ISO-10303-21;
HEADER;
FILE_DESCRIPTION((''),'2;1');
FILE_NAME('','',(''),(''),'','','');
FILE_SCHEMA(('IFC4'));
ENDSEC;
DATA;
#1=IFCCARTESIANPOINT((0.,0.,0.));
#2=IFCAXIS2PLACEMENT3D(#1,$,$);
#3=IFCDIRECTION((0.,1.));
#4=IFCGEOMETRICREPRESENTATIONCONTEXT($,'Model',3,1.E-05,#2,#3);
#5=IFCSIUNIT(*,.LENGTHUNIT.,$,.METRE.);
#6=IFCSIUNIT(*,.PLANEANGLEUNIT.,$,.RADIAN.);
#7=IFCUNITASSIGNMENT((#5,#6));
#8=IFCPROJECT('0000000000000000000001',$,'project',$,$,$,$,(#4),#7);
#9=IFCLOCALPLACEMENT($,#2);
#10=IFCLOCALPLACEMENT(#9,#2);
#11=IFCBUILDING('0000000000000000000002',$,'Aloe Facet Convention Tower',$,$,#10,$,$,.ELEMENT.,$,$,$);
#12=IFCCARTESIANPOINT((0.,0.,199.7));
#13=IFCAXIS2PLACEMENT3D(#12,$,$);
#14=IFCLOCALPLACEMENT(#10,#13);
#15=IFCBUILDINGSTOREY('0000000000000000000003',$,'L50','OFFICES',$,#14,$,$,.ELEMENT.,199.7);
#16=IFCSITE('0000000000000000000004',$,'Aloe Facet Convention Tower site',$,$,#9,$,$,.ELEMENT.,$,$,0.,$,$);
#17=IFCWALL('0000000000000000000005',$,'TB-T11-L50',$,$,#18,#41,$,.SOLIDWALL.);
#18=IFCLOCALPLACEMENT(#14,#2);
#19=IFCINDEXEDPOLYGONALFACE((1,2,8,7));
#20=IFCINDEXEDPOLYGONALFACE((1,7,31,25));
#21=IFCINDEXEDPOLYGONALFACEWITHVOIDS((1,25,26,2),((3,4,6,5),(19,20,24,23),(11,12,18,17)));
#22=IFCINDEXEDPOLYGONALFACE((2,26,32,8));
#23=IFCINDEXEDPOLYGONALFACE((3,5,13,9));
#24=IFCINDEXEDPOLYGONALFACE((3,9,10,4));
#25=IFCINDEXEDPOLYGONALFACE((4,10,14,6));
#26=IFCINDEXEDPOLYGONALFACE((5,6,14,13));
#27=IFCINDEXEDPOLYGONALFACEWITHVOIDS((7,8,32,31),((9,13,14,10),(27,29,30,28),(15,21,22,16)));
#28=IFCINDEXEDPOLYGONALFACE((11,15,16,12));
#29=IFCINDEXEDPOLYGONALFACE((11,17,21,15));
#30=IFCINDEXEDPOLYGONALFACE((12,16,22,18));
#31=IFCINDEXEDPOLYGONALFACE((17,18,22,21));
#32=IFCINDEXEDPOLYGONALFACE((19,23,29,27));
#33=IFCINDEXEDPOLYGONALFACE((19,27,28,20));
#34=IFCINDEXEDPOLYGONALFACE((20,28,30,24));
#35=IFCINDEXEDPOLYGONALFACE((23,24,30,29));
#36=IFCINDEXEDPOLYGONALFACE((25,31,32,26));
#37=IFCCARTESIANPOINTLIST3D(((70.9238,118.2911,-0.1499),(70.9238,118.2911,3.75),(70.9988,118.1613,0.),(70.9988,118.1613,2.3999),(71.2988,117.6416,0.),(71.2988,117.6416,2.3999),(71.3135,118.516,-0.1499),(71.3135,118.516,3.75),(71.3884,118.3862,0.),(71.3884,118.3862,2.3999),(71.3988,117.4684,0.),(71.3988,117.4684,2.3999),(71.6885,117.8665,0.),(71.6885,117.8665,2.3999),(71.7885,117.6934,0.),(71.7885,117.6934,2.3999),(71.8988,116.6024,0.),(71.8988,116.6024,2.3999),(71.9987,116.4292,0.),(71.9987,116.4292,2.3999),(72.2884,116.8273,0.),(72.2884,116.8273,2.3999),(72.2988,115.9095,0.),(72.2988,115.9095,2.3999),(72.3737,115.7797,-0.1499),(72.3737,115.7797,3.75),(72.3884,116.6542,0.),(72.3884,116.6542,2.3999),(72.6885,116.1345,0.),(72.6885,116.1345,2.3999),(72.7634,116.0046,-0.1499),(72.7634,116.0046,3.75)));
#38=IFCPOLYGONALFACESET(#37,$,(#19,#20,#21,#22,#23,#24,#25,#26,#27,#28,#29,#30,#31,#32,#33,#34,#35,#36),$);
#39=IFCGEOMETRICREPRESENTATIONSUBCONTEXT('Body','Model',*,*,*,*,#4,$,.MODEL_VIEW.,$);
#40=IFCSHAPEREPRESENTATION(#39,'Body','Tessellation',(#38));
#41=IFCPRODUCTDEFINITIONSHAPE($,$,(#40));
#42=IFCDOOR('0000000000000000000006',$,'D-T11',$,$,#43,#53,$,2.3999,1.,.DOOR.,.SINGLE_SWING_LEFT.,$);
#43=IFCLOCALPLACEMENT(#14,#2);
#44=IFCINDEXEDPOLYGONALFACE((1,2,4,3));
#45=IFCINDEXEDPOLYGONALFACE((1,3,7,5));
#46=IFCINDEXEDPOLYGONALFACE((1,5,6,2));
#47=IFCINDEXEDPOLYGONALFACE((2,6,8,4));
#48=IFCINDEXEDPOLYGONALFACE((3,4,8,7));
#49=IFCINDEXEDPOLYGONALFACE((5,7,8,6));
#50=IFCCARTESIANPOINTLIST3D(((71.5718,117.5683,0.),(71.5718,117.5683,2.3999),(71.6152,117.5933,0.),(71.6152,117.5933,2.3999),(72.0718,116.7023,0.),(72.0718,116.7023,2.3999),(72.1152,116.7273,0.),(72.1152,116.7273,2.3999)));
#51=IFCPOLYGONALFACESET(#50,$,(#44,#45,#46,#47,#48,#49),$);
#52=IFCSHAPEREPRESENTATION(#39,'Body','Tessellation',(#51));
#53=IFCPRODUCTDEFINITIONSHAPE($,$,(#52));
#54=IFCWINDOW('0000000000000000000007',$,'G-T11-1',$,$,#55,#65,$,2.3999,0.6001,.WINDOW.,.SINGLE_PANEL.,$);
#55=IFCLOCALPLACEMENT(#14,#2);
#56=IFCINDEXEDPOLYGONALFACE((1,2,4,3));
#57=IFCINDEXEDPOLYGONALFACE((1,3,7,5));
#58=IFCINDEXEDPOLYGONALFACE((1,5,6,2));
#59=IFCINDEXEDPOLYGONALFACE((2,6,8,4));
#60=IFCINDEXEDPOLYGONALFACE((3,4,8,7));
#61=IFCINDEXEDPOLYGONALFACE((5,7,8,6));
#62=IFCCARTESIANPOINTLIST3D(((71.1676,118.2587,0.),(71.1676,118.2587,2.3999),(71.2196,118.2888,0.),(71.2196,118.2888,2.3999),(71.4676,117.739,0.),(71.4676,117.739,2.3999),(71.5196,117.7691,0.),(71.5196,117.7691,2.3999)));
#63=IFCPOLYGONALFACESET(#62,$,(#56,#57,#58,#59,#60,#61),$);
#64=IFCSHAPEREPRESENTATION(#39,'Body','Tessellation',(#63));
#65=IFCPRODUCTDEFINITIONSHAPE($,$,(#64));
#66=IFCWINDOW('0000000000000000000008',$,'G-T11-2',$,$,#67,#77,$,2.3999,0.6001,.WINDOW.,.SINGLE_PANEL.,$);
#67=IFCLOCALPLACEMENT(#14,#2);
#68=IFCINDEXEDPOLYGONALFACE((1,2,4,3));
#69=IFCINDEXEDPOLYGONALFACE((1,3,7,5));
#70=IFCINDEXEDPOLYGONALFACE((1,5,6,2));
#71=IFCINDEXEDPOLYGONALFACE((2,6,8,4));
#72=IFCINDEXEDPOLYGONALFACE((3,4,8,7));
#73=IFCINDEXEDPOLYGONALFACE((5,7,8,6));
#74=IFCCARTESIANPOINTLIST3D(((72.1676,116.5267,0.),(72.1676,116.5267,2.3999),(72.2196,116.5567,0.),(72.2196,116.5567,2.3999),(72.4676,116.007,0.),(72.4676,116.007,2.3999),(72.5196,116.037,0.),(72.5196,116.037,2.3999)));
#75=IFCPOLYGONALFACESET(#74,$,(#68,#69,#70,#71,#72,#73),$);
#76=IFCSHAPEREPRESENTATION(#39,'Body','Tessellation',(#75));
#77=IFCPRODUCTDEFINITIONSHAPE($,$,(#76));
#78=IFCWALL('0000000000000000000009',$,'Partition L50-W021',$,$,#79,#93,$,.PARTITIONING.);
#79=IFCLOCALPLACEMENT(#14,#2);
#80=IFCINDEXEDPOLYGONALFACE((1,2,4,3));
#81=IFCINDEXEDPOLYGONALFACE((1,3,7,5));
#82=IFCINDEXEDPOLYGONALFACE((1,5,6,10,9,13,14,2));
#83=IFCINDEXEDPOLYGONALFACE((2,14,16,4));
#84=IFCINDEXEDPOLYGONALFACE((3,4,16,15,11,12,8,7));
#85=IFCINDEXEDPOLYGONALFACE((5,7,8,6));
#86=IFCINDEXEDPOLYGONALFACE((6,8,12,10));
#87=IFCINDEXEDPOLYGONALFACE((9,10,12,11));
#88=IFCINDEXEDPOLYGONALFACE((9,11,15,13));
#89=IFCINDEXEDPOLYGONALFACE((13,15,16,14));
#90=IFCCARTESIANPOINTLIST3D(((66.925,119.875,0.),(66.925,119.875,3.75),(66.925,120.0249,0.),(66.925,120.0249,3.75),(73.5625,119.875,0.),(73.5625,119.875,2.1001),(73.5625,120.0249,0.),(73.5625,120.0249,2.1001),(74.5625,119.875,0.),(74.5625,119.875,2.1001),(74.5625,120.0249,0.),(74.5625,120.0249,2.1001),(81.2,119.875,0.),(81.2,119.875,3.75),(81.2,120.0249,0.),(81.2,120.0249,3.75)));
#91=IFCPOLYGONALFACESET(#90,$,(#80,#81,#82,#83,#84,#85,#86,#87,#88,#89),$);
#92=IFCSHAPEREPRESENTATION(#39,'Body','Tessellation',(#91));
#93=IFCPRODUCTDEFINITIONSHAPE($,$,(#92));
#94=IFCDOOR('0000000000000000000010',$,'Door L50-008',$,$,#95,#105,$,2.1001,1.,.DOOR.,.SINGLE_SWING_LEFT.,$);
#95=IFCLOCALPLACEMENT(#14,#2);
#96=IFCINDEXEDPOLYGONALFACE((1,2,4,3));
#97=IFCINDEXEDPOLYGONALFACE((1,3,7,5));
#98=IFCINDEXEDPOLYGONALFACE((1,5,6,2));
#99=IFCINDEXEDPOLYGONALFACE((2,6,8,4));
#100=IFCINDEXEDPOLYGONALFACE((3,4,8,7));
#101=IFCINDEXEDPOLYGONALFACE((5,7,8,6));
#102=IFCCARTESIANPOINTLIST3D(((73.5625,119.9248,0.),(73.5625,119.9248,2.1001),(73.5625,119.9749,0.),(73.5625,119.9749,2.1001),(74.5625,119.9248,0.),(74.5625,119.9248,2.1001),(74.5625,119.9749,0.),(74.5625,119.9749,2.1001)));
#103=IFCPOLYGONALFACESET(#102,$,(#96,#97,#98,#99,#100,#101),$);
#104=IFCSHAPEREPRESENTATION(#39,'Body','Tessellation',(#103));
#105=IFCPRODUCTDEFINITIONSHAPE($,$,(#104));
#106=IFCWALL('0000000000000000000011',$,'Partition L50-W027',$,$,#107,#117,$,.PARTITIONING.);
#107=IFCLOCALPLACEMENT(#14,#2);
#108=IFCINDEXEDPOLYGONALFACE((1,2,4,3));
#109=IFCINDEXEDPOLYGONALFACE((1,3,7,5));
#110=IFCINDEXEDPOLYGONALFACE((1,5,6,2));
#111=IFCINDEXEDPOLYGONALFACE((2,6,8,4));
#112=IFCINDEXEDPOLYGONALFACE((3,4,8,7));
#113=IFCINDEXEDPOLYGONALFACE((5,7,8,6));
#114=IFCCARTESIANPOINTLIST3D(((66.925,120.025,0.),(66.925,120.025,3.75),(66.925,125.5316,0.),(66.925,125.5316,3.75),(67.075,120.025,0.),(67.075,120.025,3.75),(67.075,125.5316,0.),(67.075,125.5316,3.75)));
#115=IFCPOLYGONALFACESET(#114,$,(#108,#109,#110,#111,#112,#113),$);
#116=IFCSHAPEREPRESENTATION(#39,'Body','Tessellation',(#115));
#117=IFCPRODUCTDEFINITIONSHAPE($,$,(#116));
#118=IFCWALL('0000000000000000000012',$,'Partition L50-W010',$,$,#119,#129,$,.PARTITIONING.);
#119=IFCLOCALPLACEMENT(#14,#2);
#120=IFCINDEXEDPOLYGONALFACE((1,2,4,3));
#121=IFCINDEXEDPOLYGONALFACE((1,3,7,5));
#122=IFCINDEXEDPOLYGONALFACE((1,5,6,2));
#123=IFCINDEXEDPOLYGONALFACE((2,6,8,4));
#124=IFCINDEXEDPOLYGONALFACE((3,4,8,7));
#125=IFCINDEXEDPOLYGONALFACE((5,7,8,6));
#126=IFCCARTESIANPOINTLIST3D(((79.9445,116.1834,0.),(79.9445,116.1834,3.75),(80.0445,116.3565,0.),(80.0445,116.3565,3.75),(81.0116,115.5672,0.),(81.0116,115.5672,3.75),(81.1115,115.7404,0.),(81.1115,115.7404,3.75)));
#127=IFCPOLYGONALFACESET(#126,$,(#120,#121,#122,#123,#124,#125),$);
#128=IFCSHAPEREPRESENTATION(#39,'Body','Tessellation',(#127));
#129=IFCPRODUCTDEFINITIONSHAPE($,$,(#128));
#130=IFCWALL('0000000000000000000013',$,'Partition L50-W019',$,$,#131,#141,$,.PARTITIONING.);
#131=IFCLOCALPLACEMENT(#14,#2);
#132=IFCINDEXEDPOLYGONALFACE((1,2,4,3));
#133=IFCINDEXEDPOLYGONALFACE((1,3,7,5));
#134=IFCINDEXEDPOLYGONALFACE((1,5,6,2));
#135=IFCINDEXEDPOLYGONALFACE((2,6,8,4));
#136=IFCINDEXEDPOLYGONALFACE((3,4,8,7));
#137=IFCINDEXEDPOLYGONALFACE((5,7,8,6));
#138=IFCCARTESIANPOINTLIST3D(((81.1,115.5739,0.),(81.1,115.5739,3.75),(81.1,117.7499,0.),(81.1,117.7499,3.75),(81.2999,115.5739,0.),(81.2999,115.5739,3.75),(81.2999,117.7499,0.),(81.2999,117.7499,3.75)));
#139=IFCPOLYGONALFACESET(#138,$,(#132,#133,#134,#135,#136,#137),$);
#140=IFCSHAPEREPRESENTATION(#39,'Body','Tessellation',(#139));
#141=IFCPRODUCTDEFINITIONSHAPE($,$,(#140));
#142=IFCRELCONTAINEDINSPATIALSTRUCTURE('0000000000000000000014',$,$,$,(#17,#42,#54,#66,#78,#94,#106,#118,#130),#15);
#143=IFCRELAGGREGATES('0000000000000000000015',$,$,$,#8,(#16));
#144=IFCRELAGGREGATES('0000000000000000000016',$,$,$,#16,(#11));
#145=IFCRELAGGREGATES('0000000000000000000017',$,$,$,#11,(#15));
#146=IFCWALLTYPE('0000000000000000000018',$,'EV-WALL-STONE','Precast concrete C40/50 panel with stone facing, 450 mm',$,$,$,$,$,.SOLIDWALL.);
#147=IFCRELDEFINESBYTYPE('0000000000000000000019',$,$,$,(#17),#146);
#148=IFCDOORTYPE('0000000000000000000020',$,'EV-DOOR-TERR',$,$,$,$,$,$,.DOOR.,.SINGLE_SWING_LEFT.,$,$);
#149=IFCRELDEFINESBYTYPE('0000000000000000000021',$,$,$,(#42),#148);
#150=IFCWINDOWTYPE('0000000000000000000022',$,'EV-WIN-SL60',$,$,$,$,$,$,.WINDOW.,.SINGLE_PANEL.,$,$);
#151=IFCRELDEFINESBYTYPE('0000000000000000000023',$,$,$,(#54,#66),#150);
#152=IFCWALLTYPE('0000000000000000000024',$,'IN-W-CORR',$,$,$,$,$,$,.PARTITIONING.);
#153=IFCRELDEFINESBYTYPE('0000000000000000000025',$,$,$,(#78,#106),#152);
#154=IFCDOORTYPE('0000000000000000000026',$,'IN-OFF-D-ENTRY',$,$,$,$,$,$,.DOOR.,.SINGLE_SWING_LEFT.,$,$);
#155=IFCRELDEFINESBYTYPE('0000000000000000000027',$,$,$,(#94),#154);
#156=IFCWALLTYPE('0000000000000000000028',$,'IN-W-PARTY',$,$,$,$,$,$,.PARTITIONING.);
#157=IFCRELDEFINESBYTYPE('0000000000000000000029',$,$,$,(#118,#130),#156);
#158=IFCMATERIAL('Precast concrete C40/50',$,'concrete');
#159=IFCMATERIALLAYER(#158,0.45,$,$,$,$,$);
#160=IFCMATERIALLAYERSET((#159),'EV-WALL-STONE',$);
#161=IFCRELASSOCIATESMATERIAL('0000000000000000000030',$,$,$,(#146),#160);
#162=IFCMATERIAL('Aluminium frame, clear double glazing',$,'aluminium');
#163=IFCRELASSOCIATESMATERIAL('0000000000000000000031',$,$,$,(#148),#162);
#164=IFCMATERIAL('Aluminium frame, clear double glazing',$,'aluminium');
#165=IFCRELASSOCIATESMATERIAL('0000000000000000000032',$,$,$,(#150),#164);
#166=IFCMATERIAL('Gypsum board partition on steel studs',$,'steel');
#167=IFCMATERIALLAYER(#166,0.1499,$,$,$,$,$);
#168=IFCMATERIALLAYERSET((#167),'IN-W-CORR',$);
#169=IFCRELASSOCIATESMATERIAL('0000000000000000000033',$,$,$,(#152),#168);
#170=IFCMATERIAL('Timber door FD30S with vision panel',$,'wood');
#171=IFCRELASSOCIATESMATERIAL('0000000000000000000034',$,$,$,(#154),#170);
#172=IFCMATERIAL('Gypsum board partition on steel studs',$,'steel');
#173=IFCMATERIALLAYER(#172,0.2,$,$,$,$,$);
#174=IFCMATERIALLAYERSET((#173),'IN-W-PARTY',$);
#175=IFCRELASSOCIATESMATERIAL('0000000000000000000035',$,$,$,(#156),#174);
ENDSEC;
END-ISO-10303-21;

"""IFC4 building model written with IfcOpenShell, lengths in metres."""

from ifc_helpers import new_model, si_unit, direction, frame, frame_2d, origin, place, context, subcontext, project, spatial, rectangle, extrude, material, layer, layer_set, type_object, element, fill, save


model = new_model("IFC4")

# Units and contexts
model_context = context("Model", 3, precision=1e-05, world=origin(), true_north=direction((0.0, 1.0)))
body_context = subcontext(model_context, "Body", "Model", "MODEL_VIEW")
ifc_project = project(units=[si_unit("LENGTHUNIT", "METRE"), si_unit("PLANEANGLEUNIT", "RADIAN")], contexts=[model_context])

# Site, building, storey
site_placement = place(None, origin())
site = spatial("IfcSite", under=ifc_project, at=site_placement, Name="Aloe Facet Convention Tower site", CompositionType="ELEMENT", RefElevation=0.0)
building_placement = place(site_placement, origin())
building = spatial("IfcBuilding", under=site, at=building_placement, Name="Aloe Facet Convention Tower", CompositionType="ELEMENT")
storey_placement = place(building_placement, frame((0.0, 0.0, 199.7)))
storey = spatial("IfcBuildingStorey", under=building, at=storey_placement, Name="L50", Description="OFFICES", CompositionType="ELEMENT", Elevation=199.7)

# Shared definitions
ifc_material_1 = material(Name="Precast concrete C40/50", Category="concrete")
ifc_layer_1 = layer(ifc_material_1, 0.45)
ifc_layer_set_1 = layer_set([ifc_layer_1], Name="EV-WALL-STONE")
wall_type_1 = type_object("IfcWallType", Name="EV-WALL-STONE", Description="Precast concrete C40/50 panel with stone facing, 450 mm", PredefinedType="SOLIDWALL", material=ifc_layer_set_1)

# Wall, openings, door, windows
wall_1_placement = place(storey_placement, frame((71.1187, 118.4036, -0.1499), z_axis=(0.0, 0.0, 1.0), x_axis=(0.499987, -0.866033, 0.0)))
wall_1 = element("IfcWall", 1, at=wall_1_placement, inside=storey, type_object=wall_type_1, Name="TB-T11-L50", PredefinedType="SOLIDWALL", context=body_context, shape_type="SweptSolid", body=[
    extrude(rectangle(XDim=2.8999, YDim=0.45, at=frame_2d((1.45, 0.0))), origin(), (0.0, 0.0, 1.0), 3.8999),
])
opening_1_placement = place(wall_1_placement, frame((0.95, 0.0, 0.1499)))
opening_1 = element("IfcOpeningElement", 2, at=opening_1_placement, cuts=wall_1, PredefinedType="OPENING", context=body_context, shape_type="SweptSolid", body=[
    extrude(rectangle(XDim=1.0, YDim=2.3999, at=frame_2d((0.5, 1.2))), frame((0.0, 0.2349, 0.0), z_axis=(0.0, -1.0, 0.0), x_axis=(1.0, 0.0, 0.0)), (0.0, 0.0, 1.0), 0.47),
])
opening_2_placement = place(wall_1_placement, frame((0.1499, 0.0, 0.1499)))
opening_2 = element("IfcOpeningElement", 3, at=opening_2_placement, cuts=wall_1, PredefinedType="OPENING", context=body_context, shape_type="SweptSolid", body=[
    extrude(rectangle(XDim=0.6001, YDim=2.3999, at=frame_2d((0.3, 1.2))), frame((0.0, 0.2349, 0.0), z_axis=(0.0, -1.0, 0.0), x_axis=(1.0, 0.0, 0.0)), (0.0, 0.0, 1.0), 0.47),
])
opening_3_placement = place(wall_1_placement, frame((2.1499, 0.0, 0.1499)))
opening_3 = element("IfcOpeningElement", 4, at=opening_3_placement, cuts=wall_1, PredefinedType="OPENING", context=body_context, shape_type="SweptSolid", body=[
    extrude(rectangle(XDim=0.6001, YDim=2.3999, at=frame_2d((0.3, 1.2))), frame((0.0, 0.2349, 0.0), z_axis=(0.0, -1.0, 0.0), x_axis=(1.0, 0.0, 0.0)), (0.0, 0.0, 1.0), 0.47),
])
ifc_material_2 = material(Name="Aluminium frame, clear double glazing", Category="aluminium")
door_type_1 = type_object("IfcDoorType", Name="EV-DOOR-TERR", OperationType="SINGLE_SWING_LEFT", PredefinedType="DOOR", material=ifc_material_2)
door_1_placement = place(opening_1_placement, origin())
door_1 = element("IfcDoor", 5, at=door_1_placement, inside=storey, type_object=door_type_1, Name="D-T11", OperationType="SINGLE_SWING_LEFT", OverallHeight=2.3999, OverallWidth=1.0, PredefinedType="DOOR", context=body_context, shape_type="SweptSolid", body=[
    extrude(rectangle(XDim=1.0, YDim=2.3999, at=frame_2d((0.5, 1.2))), frame((0.0, 0.0249, 0.0), z_axis=(0.0, -1.0, 0.0), x_axis=(1.0, 0.0, 0.0)), (0.0, 0.0, 1.0), 0.05),
])
fill(opening_1, door_1)
ifc_material_3 = material(Name="Aluminium frame, clear double glazing", Category="aluminium")
window_type = type_object("IfcWindowType", Name="EV-WIN-SL60", PartitioningType="SINGLE_PANEL", PredefinedType="WINDOW", material=ifc_material_3)
window_1_placement = place(opening_2_placement, origin())
window_1 = element("IfcWindow", 6, at=window_1_placement, inside=storey, type_object=window_type, Name="G-T11-1", OverallHeight=2.3999, OverallWidth=0.6001, PartitioningType="SINGLE_PANEL", PredefinedType="WINDOW", context=body_context, shape_type="SweptSolid", body=[
    extrude(rectangle(XDim=0.6001, YDim=2.3999, at=frame_2d((0.3, 1.2))), frame((0.0, 0.03, 0.0), z_axis=(0.0, -1.0, 0.0), x_axis=(1.0, 0.0, 0.0)), (0.0, 0.0, 1.0), 0.0601),
])
fill(opening_2, window_1)
window_2_placement = place(opening_3_placement, origin())
window_2 = element("IfcWindow", 7, at=window_2_placement, inside=storey, type_object=window_type, Name="G-T11-2", OverallHeight=2.3999, OverallWidth=0.6001, PartitioningType="SINGLE_PANEL", PredefinedType="WINDOW", context=body_context, shape_type="SweptSolid", body=[
    extrude(rectangle(XDim=0.6001, YDim=2.3999, at=frame_2d((0.3, 1.2))), frame((0.0, 0.03, 0.0), z_axis=(0.0, -1.0, 0.0), x_axis=(1.0, 0.0, 0.0)), (0.0, 0.0, 1.0), 0.0601),
])
fill(opening_3, window_2)

# Wall, opening, door
ifc_material_4 = material(Name="Gypsum board partition on steel studs", Category="steel")
ifc_layer_2 = layer(ifc_material_4, 0.1499)
ifc_layer_set_2 = layer_set([ifc_layer_2], Name="IN-W-CORR")
wall_type_2 = type_object("IfcWallType", Name="IN-W-CORR", PredefinedType="PARTITIONING", material=ifc_layer_set_2)
wall_2_placement = place(storey_placement, frame((66.925, 119.95, 0.0), z_axis=(0.0, 0.0, 1.0), x_axis=(1.0, 0.0, 0.0)))
wall_2 = element("IfcWall", 8, at=wall_2_placement, inside=storey, type_object=wall_type_2, Name="Partition L50-W021", PredefinedType="PARTITIONING", context=body_context, shape_type="SweptSolid", body=[
    extrude(rectangle(XDim=14.2749, YDim=0.1499, at=frame_2d((7.1375, 0.0))), origin(), (0.0, 0.0, 1.0), 3.75),
])
opening_4_placement = place(wall_2_placement, frame((6.6375, 0.0, 0.0)))
opening_4 = element("IfcOpeningElement", 9, at=opening_4_placement, cuts=wall_2, PredefinedType="OPENING", context=body_context, shape_type="SweptSolid", body=[
    extrude(rectangle(XDim=1.0, YDim=2.1001, at=frame_2d((0.5, 1.05))), frame((0.0, 0.085, 0.0), z_axis=(0.0, -1.0, 0.0), x_axis=(1.0, 0.0, 0.0)), (0.0, 0.0, 1.0), 0.1699),
])
ifc_material_5 = material(Name="Timber door FD30S with vision panel", Category="wood")
door_type_2 = type_object("IfcDoorType", Name="IN-OFF-D-ENTRY", OperationType="SINGLE_SWING_LEFT", PredefinedType="DOOR", material=ifc_material_5)
door_2_placement = place(opening_4_placement, origin())
door_2 = element("IfcDoor", 10, at=door_2_placement, inside=storey, type_object=door_type_2, Name="Door L50-008", OperationType="SINGLE_SWING_LEFT", OverallHeight=2.1001, OverallWidth=1.0, PredefinedType="DOOR", context=body_context, shape_type="SweptSolid", body=[
    extrude(rectangle(XDim=1.0, YDim=2.1001, at=frame_2d((0.5, 1.05))), frame((0.0, 0.0249, 0.0), z_axis=(0.0, -1.0, 0.0), x_axis=(1.0, 0.0, 0.0)), (0.0, 0.0, 1.0), 0.05),
])
fill(opening_4, door_2)

# Walls
wall_3_placement = place(storey_placement, frame((67.0, 120.0249, 0.0), z_axis=(0.0, 0.0, 1.0), x_axis=(0.0, 1.0, 0.0)))
element("IfcWall", 11, at=wall_3_placement, inside=storey, type_object=wall_type_2, Name="Partition L50-W027", PredefinedType="PARTITIONING", context=body_context, shape_type="SweptSolid", body=[
    extrude(rectangle(XDim=5.5066, YDim=0.1499, at=frame_2d((2.7534, 0.0))), origin(), (0.0, 0.0, 1.0), 3.75),
])
ifc_material_6 = material(Name="Gypsum board partition on steel studs", Category="steel")
ifc_layer_3 = layer(ifc_material_6, 0.2)
ifc_layer_set_3 = layer_set([ifc_layer_3], Name="IN-W-PARTY")
wall_type_3 = type_object("IfcWallType", Name="IN-W-PARTY", PredefinedType="PARTITIONING", material=ifc_layer_set_3)
wall_4_placement = place(storey_placement, frame((79.9944, 116.27, 0.0), z_axis=(0.0, 0.0, 1.0), x_axis=(0.865991, -0.50006, 0.0)))
element("IfcWall", 12, at=wall_4_placement, inside=storey, type_object=wall_type_3, Name="Partition L50-W010", PredefinedType="PARTITIONING", context=body_context, shape_type="SweptSolid", body=[
    extrude(rectangle(XDim=1.2322, YDim=0.2, at=frame_2d((0.6162, 0.0))), origin(), (0.0, 0.0, 1.0), 3.75),
])
wall_5_placement = place(storey_placement, frame((81.2, 115.574, 0.0), z_axis=(0.0, 0.0, 1.0), x_axis=(0.0, 1.0, 0.0)))
element("IfcWall", 13, at=wall_5_placement, inside=storey, type_object=wall_type_3, Name="Partition L50-W019", PredefinedType="PARTITIONING", context=body_context, shape_type="SweptSolid", body=[
    extrude(rectangle(XDim=2.176, YDim=0.2, at=frame_2d((1.0879, 0.0))), origin(), (0.0, 0.0, 1.0), 3.75),
])

save(model, "model.ifc")
